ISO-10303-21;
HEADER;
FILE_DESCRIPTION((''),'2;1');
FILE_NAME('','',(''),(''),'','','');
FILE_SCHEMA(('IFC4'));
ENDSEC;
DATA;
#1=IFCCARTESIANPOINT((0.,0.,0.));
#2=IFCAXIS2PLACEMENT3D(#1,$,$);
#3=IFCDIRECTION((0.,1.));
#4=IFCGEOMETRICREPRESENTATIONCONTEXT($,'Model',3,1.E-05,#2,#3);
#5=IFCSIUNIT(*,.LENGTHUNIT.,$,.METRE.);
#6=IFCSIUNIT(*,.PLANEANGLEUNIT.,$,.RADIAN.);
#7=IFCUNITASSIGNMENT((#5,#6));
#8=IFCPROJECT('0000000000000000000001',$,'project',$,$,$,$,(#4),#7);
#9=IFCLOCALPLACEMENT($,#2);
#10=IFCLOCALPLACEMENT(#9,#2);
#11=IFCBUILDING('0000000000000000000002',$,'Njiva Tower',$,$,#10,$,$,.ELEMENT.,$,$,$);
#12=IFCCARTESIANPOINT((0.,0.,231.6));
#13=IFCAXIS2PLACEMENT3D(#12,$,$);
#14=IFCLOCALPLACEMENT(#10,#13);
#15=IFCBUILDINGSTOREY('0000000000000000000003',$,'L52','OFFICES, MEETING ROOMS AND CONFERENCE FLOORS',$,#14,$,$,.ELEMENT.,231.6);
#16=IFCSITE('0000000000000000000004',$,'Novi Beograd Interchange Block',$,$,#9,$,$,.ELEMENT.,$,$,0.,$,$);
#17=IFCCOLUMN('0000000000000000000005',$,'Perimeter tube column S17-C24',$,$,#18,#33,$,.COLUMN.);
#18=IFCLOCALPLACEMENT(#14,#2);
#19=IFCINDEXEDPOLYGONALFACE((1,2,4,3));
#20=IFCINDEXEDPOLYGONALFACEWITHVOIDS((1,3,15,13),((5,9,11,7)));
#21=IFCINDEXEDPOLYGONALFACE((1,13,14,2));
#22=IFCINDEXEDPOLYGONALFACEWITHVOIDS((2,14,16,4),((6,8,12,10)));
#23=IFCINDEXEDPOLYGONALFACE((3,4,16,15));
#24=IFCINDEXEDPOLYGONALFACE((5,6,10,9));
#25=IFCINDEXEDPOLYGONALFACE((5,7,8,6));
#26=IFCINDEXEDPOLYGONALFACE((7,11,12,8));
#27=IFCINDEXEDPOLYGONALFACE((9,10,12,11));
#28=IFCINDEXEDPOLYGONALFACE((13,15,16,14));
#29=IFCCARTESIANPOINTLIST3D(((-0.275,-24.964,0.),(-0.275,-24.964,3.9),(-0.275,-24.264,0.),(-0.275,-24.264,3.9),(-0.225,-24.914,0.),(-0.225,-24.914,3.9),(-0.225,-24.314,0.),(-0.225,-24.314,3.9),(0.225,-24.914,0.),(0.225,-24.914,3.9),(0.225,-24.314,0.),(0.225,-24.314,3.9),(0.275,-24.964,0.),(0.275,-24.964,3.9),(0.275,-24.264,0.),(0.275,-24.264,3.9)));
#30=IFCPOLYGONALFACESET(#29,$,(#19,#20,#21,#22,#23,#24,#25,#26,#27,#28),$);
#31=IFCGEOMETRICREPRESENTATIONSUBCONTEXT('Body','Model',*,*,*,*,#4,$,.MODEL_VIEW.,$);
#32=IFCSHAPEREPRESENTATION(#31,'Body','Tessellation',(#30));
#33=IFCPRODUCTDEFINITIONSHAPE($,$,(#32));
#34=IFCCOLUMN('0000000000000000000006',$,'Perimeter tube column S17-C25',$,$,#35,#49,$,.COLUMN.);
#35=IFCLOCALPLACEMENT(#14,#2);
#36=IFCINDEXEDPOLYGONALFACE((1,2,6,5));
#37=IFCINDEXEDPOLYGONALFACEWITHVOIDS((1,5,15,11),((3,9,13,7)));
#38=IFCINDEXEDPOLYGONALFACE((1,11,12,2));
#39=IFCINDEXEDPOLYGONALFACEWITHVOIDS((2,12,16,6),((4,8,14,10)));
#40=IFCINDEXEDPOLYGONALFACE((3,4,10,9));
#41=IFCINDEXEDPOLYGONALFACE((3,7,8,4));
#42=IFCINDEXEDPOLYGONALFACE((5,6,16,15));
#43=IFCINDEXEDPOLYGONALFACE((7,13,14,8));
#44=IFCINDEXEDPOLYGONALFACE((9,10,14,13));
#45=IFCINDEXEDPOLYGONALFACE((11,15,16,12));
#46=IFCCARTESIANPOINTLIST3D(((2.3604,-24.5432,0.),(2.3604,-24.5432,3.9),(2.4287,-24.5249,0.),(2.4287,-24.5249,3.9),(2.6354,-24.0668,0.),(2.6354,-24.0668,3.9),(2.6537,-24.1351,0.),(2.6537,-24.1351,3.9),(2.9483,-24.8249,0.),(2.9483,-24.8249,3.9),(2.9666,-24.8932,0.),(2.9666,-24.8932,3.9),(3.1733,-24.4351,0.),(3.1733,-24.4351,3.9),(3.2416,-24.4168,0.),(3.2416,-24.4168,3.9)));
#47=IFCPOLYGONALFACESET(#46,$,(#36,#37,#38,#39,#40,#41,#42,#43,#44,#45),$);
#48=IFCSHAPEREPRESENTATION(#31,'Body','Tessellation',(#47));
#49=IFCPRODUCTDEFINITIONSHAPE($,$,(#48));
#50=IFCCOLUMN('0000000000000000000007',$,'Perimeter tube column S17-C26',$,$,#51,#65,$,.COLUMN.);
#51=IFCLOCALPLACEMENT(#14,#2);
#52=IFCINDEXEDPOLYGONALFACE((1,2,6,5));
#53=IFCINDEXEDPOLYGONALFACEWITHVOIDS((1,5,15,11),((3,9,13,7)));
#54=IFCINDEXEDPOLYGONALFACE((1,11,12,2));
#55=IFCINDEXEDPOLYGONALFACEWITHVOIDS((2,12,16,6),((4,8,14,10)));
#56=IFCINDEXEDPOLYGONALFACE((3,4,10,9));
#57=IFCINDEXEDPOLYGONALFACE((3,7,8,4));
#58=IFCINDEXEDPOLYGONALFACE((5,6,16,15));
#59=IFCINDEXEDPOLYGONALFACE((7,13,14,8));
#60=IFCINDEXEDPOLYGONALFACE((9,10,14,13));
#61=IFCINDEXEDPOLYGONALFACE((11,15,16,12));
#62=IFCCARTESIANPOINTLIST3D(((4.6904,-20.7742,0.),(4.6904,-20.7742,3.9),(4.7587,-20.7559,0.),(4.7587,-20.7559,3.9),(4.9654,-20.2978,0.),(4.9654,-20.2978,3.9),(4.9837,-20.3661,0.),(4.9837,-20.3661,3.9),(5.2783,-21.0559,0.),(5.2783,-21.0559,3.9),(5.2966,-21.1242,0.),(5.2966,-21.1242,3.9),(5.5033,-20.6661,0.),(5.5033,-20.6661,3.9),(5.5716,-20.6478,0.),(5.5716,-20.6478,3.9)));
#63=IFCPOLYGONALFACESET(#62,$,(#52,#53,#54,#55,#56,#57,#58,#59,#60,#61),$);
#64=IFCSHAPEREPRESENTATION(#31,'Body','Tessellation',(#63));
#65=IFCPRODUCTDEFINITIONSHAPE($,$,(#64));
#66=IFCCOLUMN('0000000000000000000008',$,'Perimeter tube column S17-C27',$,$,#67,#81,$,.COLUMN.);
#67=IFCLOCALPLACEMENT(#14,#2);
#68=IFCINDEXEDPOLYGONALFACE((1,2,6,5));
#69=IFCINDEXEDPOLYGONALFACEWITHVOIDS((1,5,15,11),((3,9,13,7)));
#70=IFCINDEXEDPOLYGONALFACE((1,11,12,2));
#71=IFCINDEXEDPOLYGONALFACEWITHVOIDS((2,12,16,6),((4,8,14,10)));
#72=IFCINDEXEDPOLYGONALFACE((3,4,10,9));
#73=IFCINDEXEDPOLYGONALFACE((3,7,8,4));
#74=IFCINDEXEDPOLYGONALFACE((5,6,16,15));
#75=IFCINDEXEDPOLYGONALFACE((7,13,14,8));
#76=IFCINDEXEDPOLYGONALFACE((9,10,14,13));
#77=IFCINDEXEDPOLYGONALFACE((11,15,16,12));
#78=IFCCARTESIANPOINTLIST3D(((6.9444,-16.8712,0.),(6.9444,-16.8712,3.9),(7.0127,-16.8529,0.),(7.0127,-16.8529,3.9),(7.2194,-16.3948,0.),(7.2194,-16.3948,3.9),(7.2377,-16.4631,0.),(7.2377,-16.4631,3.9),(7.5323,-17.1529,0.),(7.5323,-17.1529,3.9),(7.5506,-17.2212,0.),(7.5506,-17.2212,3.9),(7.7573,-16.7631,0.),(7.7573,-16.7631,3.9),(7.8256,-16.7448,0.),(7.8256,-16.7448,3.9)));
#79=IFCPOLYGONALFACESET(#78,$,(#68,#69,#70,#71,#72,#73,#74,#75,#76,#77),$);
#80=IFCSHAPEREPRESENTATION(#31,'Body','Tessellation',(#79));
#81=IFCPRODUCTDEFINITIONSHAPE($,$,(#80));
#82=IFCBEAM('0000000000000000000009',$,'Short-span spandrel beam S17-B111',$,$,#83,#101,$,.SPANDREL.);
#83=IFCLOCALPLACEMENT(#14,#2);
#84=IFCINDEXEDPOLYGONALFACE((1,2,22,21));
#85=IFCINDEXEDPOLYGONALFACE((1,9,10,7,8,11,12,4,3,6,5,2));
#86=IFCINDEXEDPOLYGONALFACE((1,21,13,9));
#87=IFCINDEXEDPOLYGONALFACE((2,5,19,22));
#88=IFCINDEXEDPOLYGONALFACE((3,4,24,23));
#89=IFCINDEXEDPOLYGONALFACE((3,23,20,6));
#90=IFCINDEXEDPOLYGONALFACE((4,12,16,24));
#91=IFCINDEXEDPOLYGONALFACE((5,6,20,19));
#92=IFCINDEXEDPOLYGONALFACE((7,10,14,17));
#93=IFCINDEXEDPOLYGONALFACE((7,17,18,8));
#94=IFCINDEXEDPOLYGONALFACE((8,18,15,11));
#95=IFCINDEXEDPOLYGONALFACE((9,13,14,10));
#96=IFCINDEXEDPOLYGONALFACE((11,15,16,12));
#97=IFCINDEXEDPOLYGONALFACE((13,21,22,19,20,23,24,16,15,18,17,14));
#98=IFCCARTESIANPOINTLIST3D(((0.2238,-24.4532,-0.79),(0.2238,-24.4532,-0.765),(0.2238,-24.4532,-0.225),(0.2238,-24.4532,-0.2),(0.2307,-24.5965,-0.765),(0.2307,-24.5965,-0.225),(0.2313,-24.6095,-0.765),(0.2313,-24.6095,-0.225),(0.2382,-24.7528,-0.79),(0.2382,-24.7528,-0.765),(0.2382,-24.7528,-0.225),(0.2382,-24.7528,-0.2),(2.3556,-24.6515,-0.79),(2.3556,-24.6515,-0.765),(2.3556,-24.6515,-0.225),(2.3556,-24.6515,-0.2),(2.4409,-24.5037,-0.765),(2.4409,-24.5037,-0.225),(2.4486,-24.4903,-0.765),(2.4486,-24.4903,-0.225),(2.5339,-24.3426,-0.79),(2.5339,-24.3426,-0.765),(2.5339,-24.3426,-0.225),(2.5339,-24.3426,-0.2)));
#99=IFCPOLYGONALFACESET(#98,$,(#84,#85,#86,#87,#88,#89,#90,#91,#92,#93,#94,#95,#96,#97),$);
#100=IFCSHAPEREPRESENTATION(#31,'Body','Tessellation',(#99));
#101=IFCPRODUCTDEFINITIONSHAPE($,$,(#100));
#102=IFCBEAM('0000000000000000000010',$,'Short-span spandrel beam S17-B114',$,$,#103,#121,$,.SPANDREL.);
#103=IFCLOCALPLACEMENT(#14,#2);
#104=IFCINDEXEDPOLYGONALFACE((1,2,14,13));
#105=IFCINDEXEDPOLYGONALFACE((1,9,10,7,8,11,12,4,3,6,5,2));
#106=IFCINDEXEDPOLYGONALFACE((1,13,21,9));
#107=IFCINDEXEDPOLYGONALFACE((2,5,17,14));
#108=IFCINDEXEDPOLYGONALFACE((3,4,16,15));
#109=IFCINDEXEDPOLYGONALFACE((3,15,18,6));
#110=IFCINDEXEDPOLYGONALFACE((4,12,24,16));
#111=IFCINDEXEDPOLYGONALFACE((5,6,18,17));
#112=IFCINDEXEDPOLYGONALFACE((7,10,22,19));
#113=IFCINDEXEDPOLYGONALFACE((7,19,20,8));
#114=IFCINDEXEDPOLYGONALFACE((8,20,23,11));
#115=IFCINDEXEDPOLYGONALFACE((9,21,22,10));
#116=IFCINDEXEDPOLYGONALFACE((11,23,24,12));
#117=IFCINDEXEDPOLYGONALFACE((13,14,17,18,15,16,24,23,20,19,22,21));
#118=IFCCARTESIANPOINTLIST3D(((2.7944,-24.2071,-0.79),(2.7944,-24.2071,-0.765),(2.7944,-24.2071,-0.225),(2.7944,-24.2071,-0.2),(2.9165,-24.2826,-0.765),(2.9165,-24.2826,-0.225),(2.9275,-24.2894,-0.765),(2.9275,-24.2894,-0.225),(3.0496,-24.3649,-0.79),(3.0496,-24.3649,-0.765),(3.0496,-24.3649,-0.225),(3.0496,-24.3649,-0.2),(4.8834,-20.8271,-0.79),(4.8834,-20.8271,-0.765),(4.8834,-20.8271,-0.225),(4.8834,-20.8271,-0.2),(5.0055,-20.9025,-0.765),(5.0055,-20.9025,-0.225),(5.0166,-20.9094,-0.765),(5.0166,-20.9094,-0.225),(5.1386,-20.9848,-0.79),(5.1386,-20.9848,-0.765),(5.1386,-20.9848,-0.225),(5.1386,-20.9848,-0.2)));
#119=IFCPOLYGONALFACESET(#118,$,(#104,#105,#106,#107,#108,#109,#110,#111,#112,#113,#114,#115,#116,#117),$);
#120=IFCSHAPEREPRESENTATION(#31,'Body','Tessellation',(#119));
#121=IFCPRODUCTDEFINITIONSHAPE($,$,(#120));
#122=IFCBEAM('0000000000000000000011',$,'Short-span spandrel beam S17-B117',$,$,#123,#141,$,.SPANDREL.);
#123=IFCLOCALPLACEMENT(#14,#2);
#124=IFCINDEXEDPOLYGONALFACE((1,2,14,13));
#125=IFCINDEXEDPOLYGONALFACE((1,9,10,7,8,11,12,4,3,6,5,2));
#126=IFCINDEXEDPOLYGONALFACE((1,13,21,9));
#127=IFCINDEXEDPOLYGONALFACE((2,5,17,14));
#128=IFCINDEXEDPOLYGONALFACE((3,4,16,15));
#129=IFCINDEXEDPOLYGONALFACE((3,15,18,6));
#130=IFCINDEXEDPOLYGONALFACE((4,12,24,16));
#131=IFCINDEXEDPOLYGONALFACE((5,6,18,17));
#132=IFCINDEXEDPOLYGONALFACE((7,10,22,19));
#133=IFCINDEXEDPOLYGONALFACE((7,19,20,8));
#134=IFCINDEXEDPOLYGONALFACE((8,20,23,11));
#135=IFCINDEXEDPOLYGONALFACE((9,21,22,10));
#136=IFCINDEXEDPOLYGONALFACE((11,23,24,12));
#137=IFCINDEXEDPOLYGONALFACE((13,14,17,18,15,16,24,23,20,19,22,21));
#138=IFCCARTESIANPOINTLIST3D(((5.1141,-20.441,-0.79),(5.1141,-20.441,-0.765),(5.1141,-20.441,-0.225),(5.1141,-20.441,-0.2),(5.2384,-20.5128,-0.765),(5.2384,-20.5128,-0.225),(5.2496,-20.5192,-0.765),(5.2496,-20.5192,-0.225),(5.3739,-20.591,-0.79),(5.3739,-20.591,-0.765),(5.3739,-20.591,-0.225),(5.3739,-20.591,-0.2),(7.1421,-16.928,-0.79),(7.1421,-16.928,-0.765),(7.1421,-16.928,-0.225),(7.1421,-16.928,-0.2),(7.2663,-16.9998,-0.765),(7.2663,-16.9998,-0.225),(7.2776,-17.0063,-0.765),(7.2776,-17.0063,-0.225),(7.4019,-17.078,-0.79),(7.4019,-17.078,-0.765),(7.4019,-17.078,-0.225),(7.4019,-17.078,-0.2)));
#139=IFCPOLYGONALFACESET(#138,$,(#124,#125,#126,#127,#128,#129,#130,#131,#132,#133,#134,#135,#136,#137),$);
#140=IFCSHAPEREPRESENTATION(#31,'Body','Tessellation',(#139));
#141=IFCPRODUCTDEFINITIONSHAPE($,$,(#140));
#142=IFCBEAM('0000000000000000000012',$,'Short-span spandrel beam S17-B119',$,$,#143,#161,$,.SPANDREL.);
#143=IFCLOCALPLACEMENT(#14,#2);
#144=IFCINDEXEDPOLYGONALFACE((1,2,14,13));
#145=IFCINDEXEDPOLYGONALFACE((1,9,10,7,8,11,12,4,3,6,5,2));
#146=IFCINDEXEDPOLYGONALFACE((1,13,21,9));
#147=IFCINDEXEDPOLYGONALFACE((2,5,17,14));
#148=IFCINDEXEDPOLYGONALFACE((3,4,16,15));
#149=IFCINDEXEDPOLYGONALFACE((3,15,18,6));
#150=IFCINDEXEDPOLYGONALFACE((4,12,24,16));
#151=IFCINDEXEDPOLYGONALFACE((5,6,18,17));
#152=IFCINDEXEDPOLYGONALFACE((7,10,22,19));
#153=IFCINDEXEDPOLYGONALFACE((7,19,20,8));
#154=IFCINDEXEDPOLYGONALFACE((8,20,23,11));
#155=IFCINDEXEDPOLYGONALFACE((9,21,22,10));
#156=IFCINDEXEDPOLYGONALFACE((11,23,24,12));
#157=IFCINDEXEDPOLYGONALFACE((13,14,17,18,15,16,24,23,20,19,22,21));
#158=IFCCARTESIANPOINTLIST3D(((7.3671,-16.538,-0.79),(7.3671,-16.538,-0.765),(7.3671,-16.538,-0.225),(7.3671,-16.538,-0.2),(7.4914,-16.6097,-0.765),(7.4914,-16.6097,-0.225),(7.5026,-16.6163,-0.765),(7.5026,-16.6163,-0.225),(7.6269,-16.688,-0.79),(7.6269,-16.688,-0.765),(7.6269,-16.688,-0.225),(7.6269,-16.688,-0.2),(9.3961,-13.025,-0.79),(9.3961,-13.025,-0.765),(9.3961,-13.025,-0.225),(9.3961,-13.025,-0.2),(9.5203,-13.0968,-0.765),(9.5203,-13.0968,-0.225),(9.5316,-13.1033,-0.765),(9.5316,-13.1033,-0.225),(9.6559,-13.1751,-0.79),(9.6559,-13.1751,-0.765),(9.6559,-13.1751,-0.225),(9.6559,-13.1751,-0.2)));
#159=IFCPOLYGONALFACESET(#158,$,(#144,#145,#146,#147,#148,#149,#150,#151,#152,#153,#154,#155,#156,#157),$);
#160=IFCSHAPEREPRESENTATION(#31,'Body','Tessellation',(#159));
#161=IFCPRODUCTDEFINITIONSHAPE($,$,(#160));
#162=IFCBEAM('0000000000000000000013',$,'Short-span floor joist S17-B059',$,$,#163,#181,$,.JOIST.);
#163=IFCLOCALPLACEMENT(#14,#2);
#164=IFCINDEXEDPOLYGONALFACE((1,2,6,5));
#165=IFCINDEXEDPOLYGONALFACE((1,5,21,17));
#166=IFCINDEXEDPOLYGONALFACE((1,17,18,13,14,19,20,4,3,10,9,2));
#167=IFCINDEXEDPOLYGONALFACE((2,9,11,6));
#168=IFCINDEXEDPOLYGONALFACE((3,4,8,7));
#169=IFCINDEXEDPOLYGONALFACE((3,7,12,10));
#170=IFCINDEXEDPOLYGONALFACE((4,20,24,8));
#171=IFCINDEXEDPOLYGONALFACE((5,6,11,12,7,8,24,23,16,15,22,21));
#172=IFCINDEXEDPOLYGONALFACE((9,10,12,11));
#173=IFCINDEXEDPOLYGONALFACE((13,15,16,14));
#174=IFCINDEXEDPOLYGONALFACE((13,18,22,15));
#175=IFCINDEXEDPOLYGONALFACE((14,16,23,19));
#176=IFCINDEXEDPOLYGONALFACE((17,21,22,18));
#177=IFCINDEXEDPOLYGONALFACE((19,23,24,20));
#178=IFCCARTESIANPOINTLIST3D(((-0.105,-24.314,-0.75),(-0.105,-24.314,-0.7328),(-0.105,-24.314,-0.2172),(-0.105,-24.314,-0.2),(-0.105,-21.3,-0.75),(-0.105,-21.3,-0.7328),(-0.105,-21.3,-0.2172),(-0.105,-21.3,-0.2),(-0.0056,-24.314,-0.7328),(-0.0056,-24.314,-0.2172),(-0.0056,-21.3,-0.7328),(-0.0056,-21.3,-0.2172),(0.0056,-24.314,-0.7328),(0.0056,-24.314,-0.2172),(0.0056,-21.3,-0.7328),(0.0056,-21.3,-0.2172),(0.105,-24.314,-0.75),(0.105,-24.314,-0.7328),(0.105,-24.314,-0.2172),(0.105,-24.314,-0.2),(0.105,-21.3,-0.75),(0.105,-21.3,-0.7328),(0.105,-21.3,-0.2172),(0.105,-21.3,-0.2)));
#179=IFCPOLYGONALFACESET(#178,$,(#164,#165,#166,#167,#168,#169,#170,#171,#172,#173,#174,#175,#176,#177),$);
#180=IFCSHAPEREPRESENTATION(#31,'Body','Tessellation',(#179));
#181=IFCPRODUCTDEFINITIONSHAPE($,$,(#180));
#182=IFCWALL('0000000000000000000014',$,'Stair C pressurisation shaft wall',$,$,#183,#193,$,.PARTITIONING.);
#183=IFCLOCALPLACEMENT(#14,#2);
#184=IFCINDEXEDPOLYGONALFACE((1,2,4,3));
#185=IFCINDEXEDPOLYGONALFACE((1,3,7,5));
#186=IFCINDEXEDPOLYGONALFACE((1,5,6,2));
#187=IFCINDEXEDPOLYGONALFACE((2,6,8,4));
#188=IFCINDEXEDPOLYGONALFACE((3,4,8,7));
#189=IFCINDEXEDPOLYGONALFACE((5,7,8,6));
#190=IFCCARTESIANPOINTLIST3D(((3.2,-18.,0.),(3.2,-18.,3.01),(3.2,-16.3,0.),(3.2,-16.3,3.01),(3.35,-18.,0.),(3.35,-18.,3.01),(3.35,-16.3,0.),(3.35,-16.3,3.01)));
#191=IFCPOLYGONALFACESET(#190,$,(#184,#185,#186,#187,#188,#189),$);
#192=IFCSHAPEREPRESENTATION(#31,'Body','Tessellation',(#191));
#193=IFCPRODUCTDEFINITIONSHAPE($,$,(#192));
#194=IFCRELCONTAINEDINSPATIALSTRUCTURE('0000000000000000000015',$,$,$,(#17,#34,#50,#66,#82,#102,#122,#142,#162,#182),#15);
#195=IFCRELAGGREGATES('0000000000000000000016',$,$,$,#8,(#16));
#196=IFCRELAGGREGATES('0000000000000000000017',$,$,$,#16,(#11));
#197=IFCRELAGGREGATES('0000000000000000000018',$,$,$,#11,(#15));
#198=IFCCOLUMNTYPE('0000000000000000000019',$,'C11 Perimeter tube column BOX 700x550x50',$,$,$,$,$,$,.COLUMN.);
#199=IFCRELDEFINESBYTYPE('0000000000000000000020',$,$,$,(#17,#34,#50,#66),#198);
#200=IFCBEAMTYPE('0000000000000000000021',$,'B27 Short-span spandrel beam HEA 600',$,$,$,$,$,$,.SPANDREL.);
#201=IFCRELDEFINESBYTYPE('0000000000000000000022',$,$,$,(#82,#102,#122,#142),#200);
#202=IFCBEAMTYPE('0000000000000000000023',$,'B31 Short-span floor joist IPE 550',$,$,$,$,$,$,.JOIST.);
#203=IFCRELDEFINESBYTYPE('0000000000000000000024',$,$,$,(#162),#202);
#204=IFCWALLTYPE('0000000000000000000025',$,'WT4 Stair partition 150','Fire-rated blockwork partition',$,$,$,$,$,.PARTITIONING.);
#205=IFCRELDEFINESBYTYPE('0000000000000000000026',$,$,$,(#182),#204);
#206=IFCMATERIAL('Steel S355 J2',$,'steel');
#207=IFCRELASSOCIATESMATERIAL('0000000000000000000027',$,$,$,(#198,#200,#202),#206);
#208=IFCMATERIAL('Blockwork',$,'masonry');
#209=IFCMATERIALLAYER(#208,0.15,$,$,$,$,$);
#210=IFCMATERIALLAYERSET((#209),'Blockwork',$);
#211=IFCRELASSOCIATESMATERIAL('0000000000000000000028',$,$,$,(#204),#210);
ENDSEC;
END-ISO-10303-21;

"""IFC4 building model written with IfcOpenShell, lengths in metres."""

from ifc_helpers import new_model, si_unit, direction, frame, frame_2d, origin, origin_2d, place, context, subcontext, project, spatial, rectangle, hollow_rectangle, i_section, extrude, clip, halfspace, material, layer, layer_set, material_profile, profile_set, type_object, element, save


model = new_model("IFC4")

# Units and contexts
model_context = context("Model", 3, precision=1e-05, world=origin(), true_north=direction((0.0, 1.0)))
body_context = subcontext(model_context, "Body", "Model", "MODEL_VIEW")
ifc_project = project(units=[si_unit("LENGTHUNIT", "METRE"), si_unit("PLANEANGLEUNIT", "RADIAN")], contexts=[model_context])

# Site, building, storey
site_placement = place(None, origin())
site = spatial("IfcSite", under=ifc_project, at=site_placement, Name="Novi Beograd Interchange Block", CompositionType="ELEMENT", RefElevation=0.0)
building_placement = place(site_placement, origin())
building = spatial("IfcBuilding", under=site, at=building_placement, Name="Njiva Tower", CompositionType="ELEMENT")
storey_placement = place(building_placement, frame((0.0, 0.0, 231.6)))
storey = spatial("IfcBuildingStorey", under=building, at=storey_placement, Name="L52", Description="OFFICES, MEETING ROOMS AND CONFERENCE FLOORS", CompositionType="ELEMENT", Elevation=231.6)

# Columns
ifc_material_1 = material(Name="Steel S355 J2", Category="steel")
ifc_material_profile_1 = material_profile(ifc_material_1, hollow_rectangle(XDim=0.55, YDim=0.7, WallThickness=0.05, at=origin_2d()), Name="BOX 700x550x50")
ifc_profile_set_1 = profile_set([ifc_material_profile_1], Name="Steel S355 J2")
column_type = type_object("IfcColumnType", Name="C11 Perimeter tube column BOX 700x550x50", PredefinedType="COLUMN", material=ifc_profile_set_1)
for number, where, z_axis, x_axis, name in (
    (1, (0.0, -24.614, 0.0), (0.0, 0.0, 1.0), (1.0, 0.0, 0.0), "Perimeter tube column S17-C24"),
    (2, (2.801, -24.48, 0.0), (0.0, 0.0, 1.0), (0.5, 0.866025, 0.0), "Perimeter tube column S17-C25"),
    (3, (5.131, -20.711, 0.0), (0.0, 0.0, 1.0), (0.5, 0.866025, 0.0), "Perimeter tube column S17-C26"),
    (4, (7.385, -16.808, 0.0), (0.0, 0.0, 1.0), (0.5, 0.866025, 0.0), "Perimeter tube column S17-C27"),
):
    element("IfcColumn", number, at=place(storey_placement, frame(where, z_axis=z_axis, x_axis=x_axis)), inside=storey, type_object=column_type, Name=name, PredefinedType="COLUMN", context=body_context, shape_type="SweptSolid", body=[
        extrude(hollow_rectangle(XDim=0.55, YDim=0.7, WallThickness=0.05, at=origin_2d()), origin(), (0.0, 0.0, 1.0), 3.9),
    ])

# Beams
ifc_material_profile_2 = material_profile(ifc_material_1, i_section(OverallWidth=0.3, OverallDepth=0.59, WebThickness=0.013, FlangeThickness=0.025, at=origin_2d()), Name="HEA 600")
ifc_profile_set_2 = profile_set([ifc_material_profile_2], Name="Steel S355 J2")
beam_type_1 = type_object("IfcBeamType", Name="B27 Short-span spandrel beam HEA 600", PredefinedType="SPANDREL", material=ifc_profile_set_2)
beam_1_placement = place(storey_placement, frame((0.231, -24.603, -0.495), z_axis=(0.998856, 0.047822, 0.0), x_axis=(-0.047822, 0.998856, 0.0)))
element("IfcBeam", 5, at=beam_1_placement, inside=storey, type_object=beam_type_1, Name="Short-span spandrel beam S17-B111", PredefinedType="SPANDREL", context=body_context, shape_type="Clipping", body=[
    clip(extrude(i_section(OverallWidth=0.3, OverallDepth=0.59, WebThickness=0.013, FlangeThickness=0.025, at=origin_2d()), origin(), (0.0, 0.0, 1.0), 2.3325), halfspace(frame((-0.0274, 0.0, 2.1987), z_axis=(-0.540841, 0.0, 0.841125), x_axis=(0.0, 1.0, 0.0)), False)),
])
beam_2_placement = place(storey_placement, frame((2.922, -24.286, -0.495), z_axis=(0.525739, 0.850646, 0.0), x_axis=(-0.850646, 0.525739, 0.0)))
element("IfcBeam", 6, at=beam_2_placement, inside=storey, type_object=beam_type_1, Name="Short-span spandrel beam S17-B114", PredefinedType="SPANDREL", context=body_context, shape_type="SweptSolid", body=[
    extrude(i_section(OverallWidth=0.3, OverallDepth=0.59, WebThickness=0.013, FlangeThickness=0.025, at=origin_2d()), origin(), (0.0, 0.0, 1.0), 3.9735),
])
beam_3_placement = place(storey_placement, frame((5.244, -20.516, -0.495), z_axis=(0.499957, 0.86605, 0.0), x_axis=(-0.86605, 0.499957, 0.0)))
element("IfcBeam", 7, at=beam_3_placement, inside=storey, type_object=beam_type_1, Name="Short-span spandrel beam S17-B117", PredefinedType="SPANDREL", context=body_context, shape_type="SweptSolid", body=[
    extrude(i_section(OverallWidth=0.3, OverallDepth=0.59, WebThickness=0.013, FlangeThickness=0.025, at=origin_2d()), origin(), (0.0, 0.0, 1.0), 4.0563),
])
beam_4_placement = place(storey_placement, frame((7.497, -16.613, -0.495), z_axis=(0.500142, 0.865943, 0.0), x_axis=(-0.865943, 0.500142, 0.0)))
element("IfcBeam", 8, at=beam_4_placement, inside=storey, type_object=beam_type_1, Name="Short-span spandrel beam S17-B119", PredefinedType="SPANDREL", context=body_context, shape_type="SweptSolid", body=[
    extrude(i_section(OverallWidth=0.3, OverallDepth=0.59, WebThickness=0.013, FlangeThickness=0.025, at=origin_2d()), origin(), (0.0, 0.0, 1.0), 4.0568),
])
ifc_material_profile_3 = material_profile(ifc_material_1, i_section(OverallWidth=0.21, OverallDepth=0.55, WebThickness=0.0111, FlangeThickness=0.0172, at=origin_2d()), Name="IPE 550")
ifc_profile_set_3 = profile_set([ifc_material_profile_3], Name="Steel S355 J2")
beam_type_2 = type_object("IfcBeamType", Name="B31 Short-span floor joist IPE 550", PredefinedType="JOIST", material=ifc_profile_set_3)
beam_5_placement = place(storey_placement, frame((0.0, -21.3, -0.475), z_axis=(0.0, -1.0, 0.0), x_axis=(1.0, 0.0, 0.0)))
element("IfcBeam", 9, at=beam_5_placement, inside=storey, type_object=beam_type_2, Name="Short-span floor joist S17-B059", PredefinedType="JOIST", context=body_context, shape_type="SweptSolid", body=[
    extrude(i_section(OverallWidth=0.21, OverallDepth=0.55, WebThickness=0.0111, FlangeThickness=0.0172, at=origin_2d()), origin(), (0.0, 0.0, 1.0), 3.014),
])

# Wall
ifc_material_2 = material(Name="Blockwork", Category="masonry")
ifc_layer_1 = layer(ifc_material_2, 0.15)
ifc_layer_set_1 = layer_set([ifc_layer_1], Name="Blockwork")
wall_type_1 = type_object("IfcWallType", Name="WT4 Stair partition 150", Description="Fire-rated blockwork partition", PredefinedType="PARTITIONING", material=ifc_layer_set_1)
wall_1_placement = place(storey_placement, frame((3.275, -18.0, 0.0), z_axis=(0.0, 0.0, 1.0), x_axis=(0.0, 1.0, 0.0)))
element("IfcWall", 10, at=wall_1_placement, inside=storey, type_object=wall_type_1, Name="Stair C pressurisation shaft wall", PredefinedType="PARTITIONING", context=body_context, shape_type="SweptSolid", body=[
    extrude(rectangle(XDim=1.7, YDim=0.15, at=frame_2d((0.85, 0.0))), origin(), (0.0, 0.0, 1.0), 3.01),
])

save(model, "model.ifc")
